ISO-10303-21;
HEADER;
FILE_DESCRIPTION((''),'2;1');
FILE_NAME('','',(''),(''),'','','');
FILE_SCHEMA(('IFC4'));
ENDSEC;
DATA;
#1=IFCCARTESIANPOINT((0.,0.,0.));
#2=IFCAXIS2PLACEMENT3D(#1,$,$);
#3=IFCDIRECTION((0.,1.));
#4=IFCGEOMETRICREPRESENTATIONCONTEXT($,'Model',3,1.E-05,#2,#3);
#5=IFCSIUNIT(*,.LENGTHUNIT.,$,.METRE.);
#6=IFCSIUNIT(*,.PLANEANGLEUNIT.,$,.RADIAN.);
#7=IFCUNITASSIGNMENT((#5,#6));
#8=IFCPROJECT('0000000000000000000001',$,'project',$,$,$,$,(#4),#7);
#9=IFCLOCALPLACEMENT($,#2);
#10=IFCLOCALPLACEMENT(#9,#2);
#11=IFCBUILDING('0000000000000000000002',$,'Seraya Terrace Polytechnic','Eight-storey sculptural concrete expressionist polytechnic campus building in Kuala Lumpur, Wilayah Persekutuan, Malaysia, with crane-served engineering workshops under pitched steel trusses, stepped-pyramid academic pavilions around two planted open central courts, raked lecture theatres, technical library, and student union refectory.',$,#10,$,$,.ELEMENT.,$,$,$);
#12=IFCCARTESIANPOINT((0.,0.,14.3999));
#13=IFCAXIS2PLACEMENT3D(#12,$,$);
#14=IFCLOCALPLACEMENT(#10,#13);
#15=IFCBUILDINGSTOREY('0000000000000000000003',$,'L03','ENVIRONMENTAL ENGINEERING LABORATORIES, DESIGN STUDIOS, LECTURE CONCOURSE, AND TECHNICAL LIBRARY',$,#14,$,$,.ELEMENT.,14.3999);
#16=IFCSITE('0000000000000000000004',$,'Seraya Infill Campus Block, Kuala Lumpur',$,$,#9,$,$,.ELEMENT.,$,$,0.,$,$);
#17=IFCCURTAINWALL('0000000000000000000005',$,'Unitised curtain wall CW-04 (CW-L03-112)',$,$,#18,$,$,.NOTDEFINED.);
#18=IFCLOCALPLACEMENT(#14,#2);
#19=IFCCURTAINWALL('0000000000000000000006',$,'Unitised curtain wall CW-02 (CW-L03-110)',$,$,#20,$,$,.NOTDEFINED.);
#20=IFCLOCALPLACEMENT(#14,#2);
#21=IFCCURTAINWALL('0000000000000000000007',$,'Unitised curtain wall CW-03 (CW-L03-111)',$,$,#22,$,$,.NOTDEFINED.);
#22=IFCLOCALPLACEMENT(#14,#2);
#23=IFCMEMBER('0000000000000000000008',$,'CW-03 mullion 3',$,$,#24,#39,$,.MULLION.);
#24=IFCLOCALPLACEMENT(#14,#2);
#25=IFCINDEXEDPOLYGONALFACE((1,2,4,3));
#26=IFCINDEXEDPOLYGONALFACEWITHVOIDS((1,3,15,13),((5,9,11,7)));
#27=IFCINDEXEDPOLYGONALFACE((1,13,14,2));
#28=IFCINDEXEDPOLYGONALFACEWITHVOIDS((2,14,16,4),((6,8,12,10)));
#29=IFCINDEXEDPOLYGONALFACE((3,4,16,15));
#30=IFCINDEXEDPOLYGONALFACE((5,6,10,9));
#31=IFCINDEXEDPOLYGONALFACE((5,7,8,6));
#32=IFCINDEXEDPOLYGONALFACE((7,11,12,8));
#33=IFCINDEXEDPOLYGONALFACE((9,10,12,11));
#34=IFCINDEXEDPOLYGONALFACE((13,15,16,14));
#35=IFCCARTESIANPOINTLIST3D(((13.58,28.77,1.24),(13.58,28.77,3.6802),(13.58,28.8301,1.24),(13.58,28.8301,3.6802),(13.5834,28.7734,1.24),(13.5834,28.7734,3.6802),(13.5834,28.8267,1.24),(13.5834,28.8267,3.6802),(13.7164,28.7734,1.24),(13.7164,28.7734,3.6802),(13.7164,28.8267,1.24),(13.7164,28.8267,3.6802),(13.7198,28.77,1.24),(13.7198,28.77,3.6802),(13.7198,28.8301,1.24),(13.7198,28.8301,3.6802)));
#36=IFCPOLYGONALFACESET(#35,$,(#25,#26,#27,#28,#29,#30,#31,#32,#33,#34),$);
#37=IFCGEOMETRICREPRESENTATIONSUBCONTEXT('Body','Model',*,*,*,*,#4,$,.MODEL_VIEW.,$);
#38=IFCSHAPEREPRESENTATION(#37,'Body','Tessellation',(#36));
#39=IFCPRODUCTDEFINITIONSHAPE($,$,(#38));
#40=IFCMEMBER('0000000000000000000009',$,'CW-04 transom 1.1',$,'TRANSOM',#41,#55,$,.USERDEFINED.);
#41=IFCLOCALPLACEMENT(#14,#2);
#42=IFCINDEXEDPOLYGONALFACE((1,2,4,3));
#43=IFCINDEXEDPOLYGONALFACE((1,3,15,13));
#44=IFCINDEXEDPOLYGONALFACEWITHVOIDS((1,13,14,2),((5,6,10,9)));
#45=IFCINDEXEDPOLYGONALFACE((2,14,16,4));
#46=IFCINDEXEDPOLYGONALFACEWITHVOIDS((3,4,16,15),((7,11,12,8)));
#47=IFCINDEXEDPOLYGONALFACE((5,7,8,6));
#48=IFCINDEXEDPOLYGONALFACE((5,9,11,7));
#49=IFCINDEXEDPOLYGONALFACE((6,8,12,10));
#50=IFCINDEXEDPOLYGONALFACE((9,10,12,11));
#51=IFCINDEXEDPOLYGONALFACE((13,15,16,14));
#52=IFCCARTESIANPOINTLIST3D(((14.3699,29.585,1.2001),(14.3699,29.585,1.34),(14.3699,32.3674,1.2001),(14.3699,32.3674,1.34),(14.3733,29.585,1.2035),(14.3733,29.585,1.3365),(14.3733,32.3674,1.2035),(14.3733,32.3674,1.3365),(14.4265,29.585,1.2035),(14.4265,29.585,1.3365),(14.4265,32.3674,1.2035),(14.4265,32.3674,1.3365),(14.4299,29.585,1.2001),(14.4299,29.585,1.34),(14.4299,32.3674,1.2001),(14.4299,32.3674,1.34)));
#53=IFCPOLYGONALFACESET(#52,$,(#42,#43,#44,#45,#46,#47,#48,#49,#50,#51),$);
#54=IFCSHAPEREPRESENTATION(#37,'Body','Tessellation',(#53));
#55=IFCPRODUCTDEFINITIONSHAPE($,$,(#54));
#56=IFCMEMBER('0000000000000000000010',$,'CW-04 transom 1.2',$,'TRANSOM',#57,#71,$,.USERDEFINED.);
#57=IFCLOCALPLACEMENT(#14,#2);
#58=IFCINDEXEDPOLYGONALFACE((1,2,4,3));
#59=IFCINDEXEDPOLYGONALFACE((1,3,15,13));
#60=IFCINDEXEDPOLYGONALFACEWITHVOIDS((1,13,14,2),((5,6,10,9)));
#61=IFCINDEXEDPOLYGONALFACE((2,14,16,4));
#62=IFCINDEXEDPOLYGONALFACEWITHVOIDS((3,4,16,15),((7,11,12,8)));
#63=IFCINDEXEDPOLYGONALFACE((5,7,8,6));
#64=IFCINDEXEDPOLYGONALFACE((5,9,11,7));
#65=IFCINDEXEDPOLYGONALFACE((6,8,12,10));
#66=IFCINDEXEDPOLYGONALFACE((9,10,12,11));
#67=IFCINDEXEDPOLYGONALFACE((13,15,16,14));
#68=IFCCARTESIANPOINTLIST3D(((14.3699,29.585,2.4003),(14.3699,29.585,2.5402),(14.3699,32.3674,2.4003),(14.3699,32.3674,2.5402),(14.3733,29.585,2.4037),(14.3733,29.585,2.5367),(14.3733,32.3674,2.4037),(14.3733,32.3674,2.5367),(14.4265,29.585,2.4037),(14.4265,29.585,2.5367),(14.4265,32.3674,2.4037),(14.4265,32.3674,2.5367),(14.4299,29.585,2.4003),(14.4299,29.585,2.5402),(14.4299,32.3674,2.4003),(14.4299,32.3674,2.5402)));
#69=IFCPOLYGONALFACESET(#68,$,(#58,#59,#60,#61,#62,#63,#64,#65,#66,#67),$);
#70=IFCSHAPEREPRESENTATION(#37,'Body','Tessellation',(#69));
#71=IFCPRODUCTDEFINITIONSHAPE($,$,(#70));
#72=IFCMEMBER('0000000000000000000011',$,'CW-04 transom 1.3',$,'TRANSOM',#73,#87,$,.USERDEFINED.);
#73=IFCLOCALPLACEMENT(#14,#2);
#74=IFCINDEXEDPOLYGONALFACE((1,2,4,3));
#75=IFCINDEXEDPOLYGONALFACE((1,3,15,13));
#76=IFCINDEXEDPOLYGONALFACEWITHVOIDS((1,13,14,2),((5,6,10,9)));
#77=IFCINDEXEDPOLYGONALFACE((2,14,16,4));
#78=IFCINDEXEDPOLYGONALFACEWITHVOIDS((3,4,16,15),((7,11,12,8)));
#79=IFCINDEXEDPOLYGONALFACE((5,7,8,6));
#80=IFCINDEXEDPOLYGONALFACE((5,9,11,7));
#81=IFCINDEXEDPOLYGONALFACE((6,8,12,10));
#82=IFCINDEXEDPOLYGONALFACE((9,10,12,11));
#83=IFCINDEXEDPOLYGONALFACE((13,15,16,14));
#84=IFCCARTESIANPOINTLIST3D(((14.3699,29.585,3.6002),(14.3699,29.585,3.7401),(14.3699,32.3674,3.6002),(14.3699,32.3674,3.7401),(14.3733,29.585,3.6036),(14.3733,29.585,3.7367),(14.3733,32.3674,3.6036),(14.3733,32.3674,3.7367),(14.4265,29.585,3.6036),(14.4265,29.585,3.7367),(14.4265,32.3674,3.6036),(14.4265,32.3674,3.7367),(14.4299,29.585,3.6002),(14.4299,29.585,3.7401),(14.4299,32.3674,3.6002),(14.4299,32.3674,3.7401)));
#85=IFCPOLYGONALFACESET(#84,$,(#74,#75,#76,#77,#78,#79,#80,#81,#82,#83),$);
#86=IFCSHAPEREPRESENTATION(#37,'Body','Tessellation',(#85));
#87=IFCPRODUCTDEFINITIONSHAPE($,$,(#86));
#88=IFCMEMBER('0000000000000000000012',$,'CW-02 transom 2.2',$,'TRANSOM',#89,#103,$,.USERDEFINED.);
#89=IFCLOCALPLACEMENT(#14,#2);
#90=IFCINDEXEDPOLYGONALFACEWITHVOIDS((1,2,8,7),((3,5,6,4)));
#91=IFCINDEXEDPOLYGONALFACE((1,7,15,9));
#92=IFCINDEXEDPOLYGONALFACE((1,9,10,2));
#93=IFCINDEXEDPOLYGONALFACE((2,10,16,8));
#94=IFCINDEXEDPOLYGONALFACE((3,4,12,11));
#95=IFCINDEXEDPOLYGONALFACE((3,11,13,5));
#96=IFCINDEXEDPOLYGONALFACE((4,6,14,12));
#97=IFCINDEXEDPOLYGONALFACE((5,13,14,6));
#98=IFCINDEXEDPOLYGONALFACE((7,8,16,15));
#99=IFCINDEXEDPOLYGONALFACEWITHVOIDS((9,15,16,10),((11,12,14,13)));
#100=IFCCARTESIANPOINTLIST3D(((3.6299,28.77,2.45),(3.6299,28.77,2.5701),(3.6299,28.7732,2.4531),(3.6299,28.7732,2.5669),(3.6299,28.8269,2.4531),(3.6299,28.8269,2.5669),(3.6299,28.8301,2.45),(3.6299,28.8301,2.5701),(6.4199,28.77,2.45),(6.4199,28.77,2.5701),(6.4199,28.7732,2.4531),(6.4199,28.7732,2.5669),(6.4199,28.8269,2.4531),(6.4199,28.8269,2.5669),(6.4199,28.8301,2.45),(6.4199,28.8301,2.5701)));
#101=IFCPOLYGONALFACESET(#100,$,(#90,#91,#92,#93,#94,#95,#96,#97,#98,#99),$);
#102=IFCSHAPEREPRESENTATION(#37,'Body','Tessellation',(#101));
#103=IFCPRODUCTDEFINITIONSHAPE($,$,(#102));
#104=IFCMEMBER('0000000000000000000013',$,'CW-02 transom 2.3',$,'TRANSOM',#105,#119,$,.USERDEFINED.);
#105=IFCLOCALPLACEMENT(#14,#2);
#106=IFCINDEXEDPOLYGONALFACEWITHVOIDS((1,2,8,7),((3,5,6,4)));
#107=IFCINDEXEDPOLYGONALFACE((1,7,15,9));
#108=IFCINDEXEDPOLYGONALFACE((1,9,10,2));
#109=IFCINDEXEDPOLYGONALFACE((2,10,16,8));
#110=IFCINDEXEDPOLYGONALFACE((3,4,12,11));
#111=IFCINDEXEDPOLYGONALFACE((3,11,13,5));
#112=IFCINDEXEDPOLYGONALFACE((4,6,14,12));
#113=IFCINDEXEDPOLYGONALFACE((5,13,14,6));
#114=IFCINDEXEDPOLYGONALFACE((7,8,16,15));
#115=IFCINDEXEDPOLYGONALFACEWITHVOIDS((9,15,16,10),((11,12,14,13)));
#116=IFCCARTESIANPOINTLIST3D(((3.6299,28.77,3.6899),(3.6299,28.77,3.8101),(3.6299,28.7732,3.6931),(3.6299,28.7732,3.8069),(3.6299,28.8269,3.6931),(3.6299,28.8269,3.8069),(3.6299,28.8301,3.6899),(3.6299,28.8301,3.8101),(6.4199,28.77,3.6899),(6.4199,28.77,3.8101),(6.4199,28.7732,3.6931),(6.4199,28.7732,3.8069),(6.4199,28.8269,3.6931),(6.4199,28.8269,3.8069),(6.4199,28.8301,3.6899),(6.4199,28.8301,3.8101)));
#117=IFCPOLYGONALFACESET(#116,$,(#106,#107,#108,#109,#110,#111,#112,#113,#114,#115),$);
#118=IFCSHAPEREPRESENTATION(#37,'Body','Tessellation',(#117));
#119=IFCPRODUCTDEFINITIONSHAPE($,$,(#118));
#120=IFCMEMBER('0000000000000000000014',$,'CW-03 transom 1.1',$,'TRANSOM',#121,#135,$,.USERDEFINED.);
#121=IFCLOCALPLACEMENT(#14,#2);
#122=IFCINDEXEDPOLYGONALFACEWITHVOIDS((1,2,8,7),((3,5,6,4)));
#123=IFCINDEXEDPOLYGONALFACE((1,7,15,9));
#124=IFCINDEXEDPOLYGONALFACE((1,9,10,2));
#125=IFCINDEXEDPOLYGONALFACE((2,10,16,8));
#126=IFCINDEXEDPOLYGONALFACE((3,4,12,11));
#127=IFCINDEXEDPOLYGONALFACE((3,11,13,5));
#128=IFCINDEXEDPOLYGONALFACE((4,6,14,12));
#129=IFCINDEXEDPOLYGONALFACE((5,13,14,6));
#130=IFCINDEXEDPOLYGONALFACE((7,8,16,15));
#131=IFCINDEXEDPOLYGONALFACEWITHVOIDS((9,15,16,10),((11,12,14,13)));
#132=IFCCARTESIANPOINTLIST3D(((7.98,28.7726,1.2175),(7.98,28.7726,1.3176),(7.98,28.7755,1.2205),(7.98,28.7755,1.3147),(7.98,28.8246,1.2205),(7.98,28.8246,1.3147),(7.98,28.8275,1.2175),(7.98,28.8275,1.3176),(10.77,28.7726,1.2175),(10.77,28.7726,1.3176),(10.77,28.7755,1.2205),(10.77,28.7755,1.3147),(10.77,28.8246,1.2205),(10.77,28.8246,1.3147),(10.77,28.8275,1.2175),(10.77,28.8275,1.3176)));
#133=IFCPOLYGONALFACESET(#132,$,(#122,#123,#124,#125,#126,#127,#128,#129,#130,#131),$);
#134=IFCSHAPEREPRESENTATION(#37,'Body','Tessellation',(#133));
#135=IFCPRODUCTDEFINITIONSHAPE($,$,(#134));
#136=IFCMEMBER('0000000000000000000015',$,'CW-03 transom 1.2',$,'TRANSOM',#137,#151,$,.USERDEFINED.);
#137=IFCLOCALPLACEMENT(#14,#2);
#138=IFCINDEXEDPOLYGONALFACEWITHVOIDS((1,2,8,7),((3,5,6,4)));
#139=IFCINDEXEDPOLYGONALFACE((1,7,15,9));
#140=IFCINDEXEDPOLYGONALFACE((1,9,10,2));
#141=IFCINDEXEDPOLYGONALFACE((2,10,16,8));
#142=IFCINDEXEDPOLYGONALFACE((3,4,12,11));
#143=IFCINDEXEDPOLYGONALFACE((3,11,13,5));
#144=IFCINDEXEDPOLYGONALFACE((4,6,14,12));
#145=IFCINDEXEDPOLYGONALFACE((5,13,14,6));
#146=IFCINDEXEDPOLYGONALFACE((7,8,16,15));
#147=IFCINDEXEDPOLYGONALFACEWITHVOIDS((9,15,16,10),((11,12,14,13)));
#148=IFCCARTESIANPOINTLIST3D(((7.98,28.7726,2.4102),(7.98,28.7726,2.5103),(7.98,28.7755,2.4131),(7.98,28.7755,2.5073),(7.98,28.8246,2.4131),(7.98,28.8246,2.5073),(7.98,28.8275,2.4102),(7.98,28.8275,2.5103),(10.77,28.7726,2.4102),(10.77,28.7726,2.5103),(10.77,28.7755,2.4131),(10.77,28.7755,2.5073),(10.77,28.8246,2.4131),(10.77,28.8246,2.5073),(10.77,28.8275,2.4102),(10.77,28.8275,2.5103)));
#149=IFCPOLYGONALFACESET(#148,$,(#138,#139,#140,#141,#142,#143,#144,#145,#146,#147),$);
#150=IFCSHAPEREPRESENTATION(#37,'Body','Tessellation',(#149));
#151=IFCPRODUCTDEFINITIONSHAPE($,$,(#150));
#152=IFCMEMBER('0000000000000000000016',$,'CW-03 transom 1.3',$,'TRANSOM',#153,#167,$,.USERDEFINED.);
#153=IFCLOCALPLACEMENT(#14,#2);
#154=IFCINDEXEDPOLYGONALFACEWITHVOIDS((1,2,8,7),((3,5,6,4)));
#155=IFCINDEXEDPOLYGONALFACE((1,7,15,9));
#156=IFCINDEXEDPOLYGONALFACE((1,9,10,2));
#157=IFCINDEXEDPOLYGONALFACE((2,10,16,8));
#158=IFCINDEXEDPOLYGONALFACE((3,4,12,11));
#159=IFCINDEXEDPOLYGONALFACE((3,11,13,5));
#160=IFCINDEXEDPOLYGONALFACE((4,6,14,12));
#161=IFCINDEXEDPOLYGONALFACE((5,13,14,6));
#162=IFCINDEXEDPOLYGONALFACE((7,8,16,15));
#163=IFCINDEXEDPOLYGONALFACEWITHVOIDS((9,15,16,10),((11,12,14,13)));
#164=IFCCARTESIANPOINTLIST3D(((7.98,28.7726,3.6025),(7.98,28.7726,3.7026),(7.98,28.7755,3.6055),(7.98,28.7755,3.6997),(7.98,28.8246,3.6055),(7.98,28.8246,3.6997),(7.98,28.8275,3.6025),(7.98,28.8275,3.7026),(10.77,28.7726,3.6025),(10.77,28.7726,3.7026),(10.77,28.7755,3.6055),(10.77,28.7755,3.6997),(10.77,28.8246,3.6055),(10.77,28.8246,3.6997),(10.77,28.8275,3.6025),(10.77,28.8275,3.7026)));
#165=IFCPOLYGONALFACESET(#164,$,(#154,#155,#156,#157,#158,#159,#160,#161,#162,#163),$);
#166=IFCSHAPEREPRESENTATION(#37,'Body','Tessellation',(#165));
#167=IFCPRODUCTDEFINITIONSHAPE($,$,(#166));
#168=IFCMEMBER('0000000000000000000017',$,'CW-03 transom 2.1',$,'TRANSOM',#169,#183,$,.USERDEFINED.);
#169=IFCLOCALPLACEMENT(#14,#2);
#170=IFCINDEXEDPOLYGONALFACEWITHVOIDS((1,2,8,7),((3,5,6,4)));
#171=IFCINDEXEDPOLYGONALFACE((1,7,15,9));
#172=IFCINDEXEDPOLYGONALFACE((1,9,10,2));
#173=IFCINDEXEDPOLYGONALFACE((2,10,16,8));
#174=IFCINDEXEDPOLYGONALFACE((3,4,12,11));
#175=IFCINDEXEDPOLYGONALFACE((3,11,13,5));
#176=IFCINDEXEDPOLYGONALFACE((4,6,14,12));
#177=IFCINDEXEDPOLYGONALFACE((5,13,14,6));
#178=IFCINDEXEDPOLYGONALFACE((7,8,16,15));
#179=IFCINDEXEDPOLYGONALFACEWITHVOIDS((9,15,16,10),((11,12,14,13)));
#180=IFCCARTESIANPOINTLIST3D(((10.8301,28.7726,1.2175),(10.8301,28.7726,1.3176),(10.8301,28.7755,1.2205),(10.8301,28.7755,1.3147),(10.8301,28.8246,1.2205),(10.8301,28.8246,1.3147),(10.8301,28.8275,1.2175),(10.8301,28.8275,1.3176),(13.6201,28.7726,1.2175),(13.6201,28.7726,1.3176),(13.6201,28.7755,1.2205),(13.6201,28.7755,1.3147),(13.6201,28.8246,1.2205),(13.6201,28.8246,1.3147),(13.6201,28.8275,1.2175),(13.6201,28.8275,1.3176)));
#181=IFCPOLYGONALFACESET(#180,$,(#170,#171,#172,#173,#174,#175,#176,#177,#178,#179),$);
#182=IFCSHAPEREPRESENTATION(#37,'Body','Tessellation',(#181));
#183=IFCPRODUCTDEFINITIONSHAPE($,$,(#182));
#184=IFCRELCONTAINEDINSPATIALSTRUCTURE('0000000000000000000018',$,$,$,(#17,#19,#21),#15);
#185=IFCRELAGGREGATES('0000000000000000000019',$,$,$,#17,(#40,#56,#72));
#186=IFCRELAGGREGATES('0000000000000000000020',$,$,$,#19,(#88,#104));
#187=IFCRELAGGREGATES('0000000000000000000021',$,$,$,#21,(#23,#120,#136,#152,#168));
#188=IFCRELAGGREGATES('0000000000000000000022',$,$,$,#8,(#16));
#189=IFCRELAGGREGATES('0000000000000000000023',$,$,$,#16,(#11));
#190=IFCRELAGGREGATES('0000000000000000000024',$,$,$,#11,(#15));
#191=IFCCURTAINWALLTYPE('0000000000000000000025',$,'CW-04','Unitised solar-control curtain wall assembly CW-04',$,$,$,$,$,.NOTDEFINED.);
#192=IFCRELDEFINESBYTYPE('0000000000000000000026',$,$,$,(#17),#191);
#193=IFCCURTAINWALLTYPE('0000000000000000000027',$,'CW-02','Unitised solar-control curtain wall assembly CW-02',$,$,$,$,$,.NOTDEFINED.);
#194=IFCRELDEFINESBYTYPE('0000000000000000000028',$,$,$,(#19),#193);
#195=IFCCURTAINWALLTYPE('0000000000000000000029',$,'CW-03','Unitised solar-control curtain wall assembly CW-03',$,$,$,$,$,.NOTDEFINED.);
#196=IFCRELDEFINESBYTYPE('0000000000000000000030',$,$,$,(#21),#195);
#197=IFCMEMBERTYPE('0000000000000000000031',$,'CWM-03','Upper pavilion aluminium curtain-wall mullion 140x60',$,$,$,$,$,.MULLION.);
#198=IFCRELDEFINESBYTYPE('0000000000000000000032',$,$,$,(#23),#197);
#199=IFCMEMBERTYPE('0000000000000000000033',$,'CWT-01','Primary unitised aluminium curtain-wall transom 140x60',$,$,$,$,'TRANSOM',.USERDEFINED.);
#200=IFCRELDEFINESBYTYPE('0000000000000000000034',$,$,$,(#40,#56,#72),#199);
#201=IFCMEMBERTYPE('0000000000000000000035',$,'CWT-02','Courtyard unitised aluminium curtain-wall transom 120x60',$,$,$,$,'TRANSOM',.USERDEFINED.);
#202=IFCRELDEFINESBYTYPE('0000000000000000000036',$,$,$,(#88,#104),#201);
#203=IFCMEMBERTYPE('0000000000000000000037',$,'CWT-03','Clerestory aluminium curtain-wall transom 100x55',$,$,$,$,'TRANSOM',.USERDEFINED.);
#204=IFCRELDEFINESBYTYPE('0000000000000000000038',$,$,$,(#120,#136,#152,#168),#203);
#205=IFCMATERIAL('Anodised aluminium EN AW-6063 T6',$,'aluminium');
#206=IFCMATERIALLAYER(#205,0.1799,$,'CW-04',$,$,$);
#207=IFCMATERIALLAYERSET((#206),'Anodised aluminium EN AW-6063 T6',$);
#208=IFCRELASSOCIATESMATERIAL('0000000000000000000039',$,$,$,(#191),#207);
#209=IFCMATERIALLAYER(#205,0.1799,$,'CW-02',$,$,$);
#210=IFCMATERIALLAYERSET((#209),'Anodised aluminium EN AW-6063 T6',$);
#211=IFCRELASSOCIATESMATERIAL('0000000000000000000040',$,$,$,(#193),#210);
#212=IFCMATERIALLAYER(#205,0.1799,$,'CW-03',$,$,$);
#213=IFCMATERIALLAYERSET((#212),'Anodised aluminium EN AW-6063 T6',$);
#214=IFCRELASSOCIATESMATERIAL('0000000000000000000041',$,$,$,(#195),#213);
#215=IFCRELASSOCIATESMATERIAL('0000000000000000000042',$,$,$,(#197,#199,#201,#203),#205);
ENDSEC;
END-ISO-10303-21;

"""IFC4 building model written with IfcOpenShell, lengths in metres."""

from ifc_helpers import new_model, si_unit, direction, frame, origin, origin_2d, place, context, subcontext, project, spatial, hollow_rectangle, extrude, material, layer, layer_set, material_profile, profile_set, type_object, element, aggregate, save


model = new_model("IFC4")

# Units and contexts
model_context = context("Model", 3, precision=1e-05, world=origin(), true_north=direction((0.0, 1.0)))
body_context = subcontext(model_context, "Body", "Model", "MODEL_VIEW")
ifc_project = project(units=[si_unit("LENGTHUNIT", "METRE"), si_unit("PLANEANGLEUNIT", "RADIAN")], contexts=[model_context])

# Site, building, storey
site_placement = place(None, origin())
site = spatial("IfcSite", under=ifc_project, at=site_placement, Name="Seraya Infill Campus Block, Kuala Lumpur", CompositionType="ELEMENT", RefElevation=0.0)
building_placement = place(site_placement, origin())
building = spatial("IfcBuilding", under=site, at=building_placement, Name="Seraya Terrace Polytechnic", Description="Eight-storey sculptural concrete expressionist polytechnic campus building in Kuala Lumpur, Wilayah Persekutuan, Malaysia, with crane-served engineering workshops under pitched steel trusses, stepped-pyramid academic pavilions around two planted open central courts, raked lecture theatres, technical library, and student union refectory.", CompositionType="ELEMENT")
storey_placement = place(building_placement, frame((0.0, 0.0, 14.3999)))
storey = spatial("IfcBuildingStorey", under=building, at=storey_placement, Name="L03", Description="ENVIRONMENTAL ENGINEERING LABORATORIES, DESIGN STUDIOS, LECTURE CONCOURSE, AND TECHNICAL LIBRARY", CompositionType="ELEMENT", Elevation=14.3999)

# Curtain walls
ifc_material_1 = material(Name="Anodised aluminium EN AW-6063 T6", Category="aluminium")
ifc_layer_1 = layer(ifc_material_1, 0.1799, Name="CW-04")
ifc_layer_set_1 = layer_set([ifc_layer_1], Name="Anodised aluminium EN AW-6063 T6")
curtain_wall_type_1 = type_object("IfcCurtainWallType", Name="CW-04", Description="Unitised solar-control curtain wall assembly CW-04", PredefinedType="NOTDEFINED", material=ifc_layer_set_1)
curtain_wall_1_placement = place(storey_placement, origin())
curtain_wall_1 = element("IfcCurtainWall", 1, at=curtain_wall_1_placement, inside=storey, type_object=curtain_wall_type_1, Name="Unitised curtain wall CW-04 (CW-L03-112)", PredefinedType="NOTDEFINED")
ifc_layer_2 = layer(ifc_material_1, 0.1799, Name="CW-02")
ifc_layer_set_2 = layer_set([ifc_layer_2], Name="Anodised aluminium EN AW-6063 T6")
curtain_wall_type_2 = type_object("IfcCurtainWallType", Name="CW-02", Description="Unitised solar-control curtain wall assembly CW-02", PredefinedType="NOTDEFINED", material=ifc_layer_set_2)
curtain_wall_2_placement = place(storey_placement, origin())
curtain_wall_2 = element("IfcCurtainWall", 2, at=curtain_wall_2_placement, inside=storey, type_object=curtain_wall_type_2, Name="Unitised curtain wall CW-02 (CW-L03-110)", PredefinedType="NOTDEFINED")

# Curtain wall, member
ifc_layer_3 = layer(ifc_material_1, 0.1799, Name="CW-03")
ifc_layer_set_3 = layer_set([ifc_layer_3], Name="Anodised aluminium EN AW-6063 T6")
curtain_wall_type_3 = type_object("IfcCurtainWallType", Name="CW-03", Description="Unitised solar-control curtain wall assembly CW-03", PredefinedType="NOTDEFINED", material=ifc_layer_set_3)
curtain_wall_3_placement = place(storey_placement, origin())
curtain_wall_3 = element("IfcCurtainWall", 3, at=curtain_wall_3_placement, inside=storey, type_object=curtain_wall_type_3, Name="Unitised curtain wall CW-03 (CW-L03-111)", PredefinedType="NOTDEFINED")
ifc_material_profile_1 = material_profile(ifc_material_1, hollow_rectangle(XDim=0.0601, YDim=0.1399, WallThickness=0.0034, at=origin_2d()), Name="RHS 140x60x3.5")
ifc_profile_set_1 = profile_set([ifc_material_profile_1], Name="Anodised aluminium EN AW-6063 T6")
member_type_1 = type_object("IfcMemberType", Name="CWM-03", Description="Upper pavilion aluminium curtain-wall mullion 140x60", PredefinedType="MULLION", material=ifc_profile_set_1)
member_1_placement = place(storey_placement, frame((13.6499, 28.8, 1.24), z_axis=(0.0, 0.0, 1.0), x_axis=(0.0, 1.0, 0.0)))
member_1 = element("IfcMember", 4, at=member_1_placement, type_object=member_type_1, Name="CW-03 mullion 3", PredefinedType="MULLION", context=body_context, shape_type="SweptSolid", body=[
    extrude(hollow_rectangle(XDim=0.0601, YDim=0.1399, WallThickness=0.0034, at=origin_2d()), origin(), (0.0, 0.0, 1.0), 2.4402),
])

# Members
ifc_material_profile_2 = material_profile(ifc_material_1, hollow_rectangle(XDim=0.0601, YDim=0.1399, WallThickness=0.0034, at=origin_2d()), Name="RHS 140x60x3.5")
ifc_profile_set_2 = profile_set([ifc_material_profile_2], Name="Anodised aluminium EN AW-6063 T6")
member_type_2 = type_object("IfcMemberType", Name="CWT-01", Description="Primary unitised aluminium curtain-wall transom 140x60", ElementType="TRANSOM", PredefinedType="USERDEFINED", material=ifc_profile_set_2)
member_2_placement = place(storey_placement, frame((14.3999, 29.585, 1.27), z_axis=(0.0, 1.0, 0.0), x_axis=(-1.0, 0.0, 0.0)))
member_2 = element("IfcMember", 5, at=member_2_placement, type_object=member_type_2, Name="CW-04 transom 1.1", ObjectType="TRANSOM", PredefinedType="USERDEFINED", context=body_context, shape_type="SweptSolid", body=[
    extrude(hollow_rectangle(XDim=0.0601, YDim=0.1399, WallThickness=0.0034, at=origin_2d()), origin(), (0.0, 0.0, 1.0), 2.7825),
])
member_3_placement = place(storey_placement, frame((14.3999, 29.585, 2.4702), z_axis=(0.0, 1.0, 0.0), x_axis=(-1.0, 0.0, 0.0)))
member_3 = element("IfcMember", 6, at=member_3_placement, type_object=member_type_2, Name="CW-04 transom 1.2", ObjectType="TRANSOM", PredefinedType="USERDEFINED", context=body_context, shape_type="SweptSolid", body=[
    extrude(hollow_rectangle(XDim=0.0601, YDim=0.1399, WallThickness=0.0034, at=origin_2d()), origin(), (0.0, 0.0, 1.0), 2.7825),
])
member_4_placement = place(storey_placement, frame((14.3999, 29.585, 3.6702), z_axis=(0.0, 1.0, 0.0), x_axis=(-1.0, 0.0, 0.0)))
member_4 = element("IfcMember", 7, at=member_4_placement, type_object=member_type_2, Name="CW-04 transom 1.3", ObjectType="TRANSOM", PredefinedType="USERDEFINED", context=body_context, shape_type="SweptSolid", body=[
    extrude(hollow_rectangle(XDim=0.0601, YDim=0.1399, WallThickness=0.0034, at=origin_2d()), origin(), (0.0, 0.0, 1.0), 2.7825),
])
ifc_material_profile_3 = material_profile(ifc_material_1, hollow_rectangle(XDim=0.0601, YDim=0.1201, WallThickness=0.0032, at=origin_2d()), Name="RHS 120x60x3.2")
ifc_profile_set_3 = profile_set([ifc_material_profile_3], Name="Anodised aluminium EN AW-6063 T6")
member_type_3 = type_object("IfcMemberType", Name="CWT-02", Description="Courtyard unitised aluminium curtain-wall transom 120x60", ElementType="TRANSOM", PredefinedType="USERDEFINED", material=ifc_profile_set_3)
member_5_placement = place(storey_placement, frame((3.6299, 28.8, 2.51), z_axis=(1.0, 0.0, 0.0), x_axis=(0.0, 1.0, 0.0)))
member_5 = element("IfcMember", 8, at=member_5_placement, type_object=member_type_3, Name="CW-02 transom 2.2", ObjectType="TRANSOM", PredefinedType="USERDEFINED", context=body_context, shape_type="SweptSolid", body=[
    extrude(hollow_rectangle(XDim=0.0601, YDim=0.1201, WallThickness=0.0032, at=origin_2d()), origin(), (0.0, 0.0, 1.0), 2.79),
])
member_6_placement = place(storey_placement, frame((3.6299, 28.8, 3.75), z_axis=(1.0, 0.0, 0.0), x_axis=(0.0, 1.0, 0.0)))
member_6 = element("IfcMember", 9, at=member_6_placement, type_object=member_type_3, Name="CW-02 transom 2.3", ObjectType="TRANSOM", PredefinedType="USERDEFINED", context=body_context, shape_type="SweptSolid", body=[
    extrude(hollow_rectangle(XDim=0.0601, YDim=0.1201, WallThickness=0.0032, at=origin_2d()), origin(), (0.0, 0.0, 1.0), 2.79),
])
ifc_material_profile_4 = material_profile(ifc_material_1, hollow_rectangle(XDim=0.0549, YDim=0.1001, WallThickness=0.0029, at=origin_2d()), Name="RHS 100x55x3.0")
ifc_profile_set_4 = profile_set([ifc_material_profile_4], Name="Anodised aluminium EN AW-6063 T6")
member_type_4 = type_object("IfcMemberType", Name="CWT-03", Description="Clerestory aluminium curtain-wall transom 100x55", ElementType="TRANSOM", PredefinedType="USERDEFINED", material=ifc_profile_set_4)
member_7_placement = place(storey_placement, frame((7.98, 28.8, 1.2676), z_axis=(1.0, 0.0, 0.0), x_axis=(0.0, 1.0, 0.0)))
member_7 = element("IfcMember", 10, at=member_7_placement, type_object=member_type_4, Name="CW-03 transom 1.1", ObjectType="TRANSOM", PredefinedType="USERDEFINED", context=body_context, shape_type="SweptSolid", body=[
    extrude(hollow_rectangle(XDim=0.0549, YDim=0.1001, WallThickness=0.0029, at=origin_2d()), origin(), (0.0, 0.0, 1.0), 2.79),
])
member_8_placement = place(storey_placement, frame((7.98, 28.8, 2.4602), z_axis=(1.0, 0.0, 0.0), x_axis=(0.0, 1.0, 0.0)))
member_8 = element("IfcMember", 11, at=member_8_placement, type_object=member_type_4, Name="CW-03 transom 1.2", ObjectType="TRANSOM", PredefinedType="USERDEFINED", context=body_context, shape_type="SweptSolid", body=[
    extrude(hollow_rectangle(XDim=0.0549, YDim=0.1001, WallThickness=0.0029, at=origin_2d()), origin(), (0.0, 0.0, 1.0), 2.79),
])
member_9_placement = place(storey_placement, frame((7.98, 28.8, 3.6526), z_axis=(1.0, 0.0, 0.0), x_axis=(0.0, 1.0, 0.0)))
member_9 = element("IfcMember", 12, at=member_9_placement, type_object=member_type_4, Name="CW-03 transom 1.3", ObjectType="TRANSOM", PredefinedType="USERDEFINED", context=body_context, shape_type="SweptSolid", body=[
    extrude(hollow_rectangle(XDim=0.0549, YDim=0.1001, WallThickness=0.0029, at=origin_2d()), origin(), (0.0, 0.0, 1.0), 2.79),
])
member_10_placement = place(storey_placement, frame((10.8301, 28.8, 1.2676), z_axis=(1.0, 0.0, 0.0), x_axis=(0.0, 1.0, 0.0)))
member_10 = element("IfcMember", 13, at=member_10_placement, type_object=member_type_4, Name="CW-03 transom 2.1", ObjectType="TRANSOM", PredefinedType="USERDEFINED", context=body_context, shape_type="SweptSolid", body=[
    extrude(hollow_rectangle(XDim=0.0549, YDim=0.1001, WallThickness=0.0029, at=origin_2d()), origin(), (0.0, 0.0, 1.0), 2.79),
])

aggregate(curtain_wall_1, [member_2, member_3, member_4])
aggregate(curtain_wall_2, [member_5, member_6])
aggregate(curtain_wall_3, [member_1, member_7, member_8, member_9, member_10])

save(model, "model.ifc")
